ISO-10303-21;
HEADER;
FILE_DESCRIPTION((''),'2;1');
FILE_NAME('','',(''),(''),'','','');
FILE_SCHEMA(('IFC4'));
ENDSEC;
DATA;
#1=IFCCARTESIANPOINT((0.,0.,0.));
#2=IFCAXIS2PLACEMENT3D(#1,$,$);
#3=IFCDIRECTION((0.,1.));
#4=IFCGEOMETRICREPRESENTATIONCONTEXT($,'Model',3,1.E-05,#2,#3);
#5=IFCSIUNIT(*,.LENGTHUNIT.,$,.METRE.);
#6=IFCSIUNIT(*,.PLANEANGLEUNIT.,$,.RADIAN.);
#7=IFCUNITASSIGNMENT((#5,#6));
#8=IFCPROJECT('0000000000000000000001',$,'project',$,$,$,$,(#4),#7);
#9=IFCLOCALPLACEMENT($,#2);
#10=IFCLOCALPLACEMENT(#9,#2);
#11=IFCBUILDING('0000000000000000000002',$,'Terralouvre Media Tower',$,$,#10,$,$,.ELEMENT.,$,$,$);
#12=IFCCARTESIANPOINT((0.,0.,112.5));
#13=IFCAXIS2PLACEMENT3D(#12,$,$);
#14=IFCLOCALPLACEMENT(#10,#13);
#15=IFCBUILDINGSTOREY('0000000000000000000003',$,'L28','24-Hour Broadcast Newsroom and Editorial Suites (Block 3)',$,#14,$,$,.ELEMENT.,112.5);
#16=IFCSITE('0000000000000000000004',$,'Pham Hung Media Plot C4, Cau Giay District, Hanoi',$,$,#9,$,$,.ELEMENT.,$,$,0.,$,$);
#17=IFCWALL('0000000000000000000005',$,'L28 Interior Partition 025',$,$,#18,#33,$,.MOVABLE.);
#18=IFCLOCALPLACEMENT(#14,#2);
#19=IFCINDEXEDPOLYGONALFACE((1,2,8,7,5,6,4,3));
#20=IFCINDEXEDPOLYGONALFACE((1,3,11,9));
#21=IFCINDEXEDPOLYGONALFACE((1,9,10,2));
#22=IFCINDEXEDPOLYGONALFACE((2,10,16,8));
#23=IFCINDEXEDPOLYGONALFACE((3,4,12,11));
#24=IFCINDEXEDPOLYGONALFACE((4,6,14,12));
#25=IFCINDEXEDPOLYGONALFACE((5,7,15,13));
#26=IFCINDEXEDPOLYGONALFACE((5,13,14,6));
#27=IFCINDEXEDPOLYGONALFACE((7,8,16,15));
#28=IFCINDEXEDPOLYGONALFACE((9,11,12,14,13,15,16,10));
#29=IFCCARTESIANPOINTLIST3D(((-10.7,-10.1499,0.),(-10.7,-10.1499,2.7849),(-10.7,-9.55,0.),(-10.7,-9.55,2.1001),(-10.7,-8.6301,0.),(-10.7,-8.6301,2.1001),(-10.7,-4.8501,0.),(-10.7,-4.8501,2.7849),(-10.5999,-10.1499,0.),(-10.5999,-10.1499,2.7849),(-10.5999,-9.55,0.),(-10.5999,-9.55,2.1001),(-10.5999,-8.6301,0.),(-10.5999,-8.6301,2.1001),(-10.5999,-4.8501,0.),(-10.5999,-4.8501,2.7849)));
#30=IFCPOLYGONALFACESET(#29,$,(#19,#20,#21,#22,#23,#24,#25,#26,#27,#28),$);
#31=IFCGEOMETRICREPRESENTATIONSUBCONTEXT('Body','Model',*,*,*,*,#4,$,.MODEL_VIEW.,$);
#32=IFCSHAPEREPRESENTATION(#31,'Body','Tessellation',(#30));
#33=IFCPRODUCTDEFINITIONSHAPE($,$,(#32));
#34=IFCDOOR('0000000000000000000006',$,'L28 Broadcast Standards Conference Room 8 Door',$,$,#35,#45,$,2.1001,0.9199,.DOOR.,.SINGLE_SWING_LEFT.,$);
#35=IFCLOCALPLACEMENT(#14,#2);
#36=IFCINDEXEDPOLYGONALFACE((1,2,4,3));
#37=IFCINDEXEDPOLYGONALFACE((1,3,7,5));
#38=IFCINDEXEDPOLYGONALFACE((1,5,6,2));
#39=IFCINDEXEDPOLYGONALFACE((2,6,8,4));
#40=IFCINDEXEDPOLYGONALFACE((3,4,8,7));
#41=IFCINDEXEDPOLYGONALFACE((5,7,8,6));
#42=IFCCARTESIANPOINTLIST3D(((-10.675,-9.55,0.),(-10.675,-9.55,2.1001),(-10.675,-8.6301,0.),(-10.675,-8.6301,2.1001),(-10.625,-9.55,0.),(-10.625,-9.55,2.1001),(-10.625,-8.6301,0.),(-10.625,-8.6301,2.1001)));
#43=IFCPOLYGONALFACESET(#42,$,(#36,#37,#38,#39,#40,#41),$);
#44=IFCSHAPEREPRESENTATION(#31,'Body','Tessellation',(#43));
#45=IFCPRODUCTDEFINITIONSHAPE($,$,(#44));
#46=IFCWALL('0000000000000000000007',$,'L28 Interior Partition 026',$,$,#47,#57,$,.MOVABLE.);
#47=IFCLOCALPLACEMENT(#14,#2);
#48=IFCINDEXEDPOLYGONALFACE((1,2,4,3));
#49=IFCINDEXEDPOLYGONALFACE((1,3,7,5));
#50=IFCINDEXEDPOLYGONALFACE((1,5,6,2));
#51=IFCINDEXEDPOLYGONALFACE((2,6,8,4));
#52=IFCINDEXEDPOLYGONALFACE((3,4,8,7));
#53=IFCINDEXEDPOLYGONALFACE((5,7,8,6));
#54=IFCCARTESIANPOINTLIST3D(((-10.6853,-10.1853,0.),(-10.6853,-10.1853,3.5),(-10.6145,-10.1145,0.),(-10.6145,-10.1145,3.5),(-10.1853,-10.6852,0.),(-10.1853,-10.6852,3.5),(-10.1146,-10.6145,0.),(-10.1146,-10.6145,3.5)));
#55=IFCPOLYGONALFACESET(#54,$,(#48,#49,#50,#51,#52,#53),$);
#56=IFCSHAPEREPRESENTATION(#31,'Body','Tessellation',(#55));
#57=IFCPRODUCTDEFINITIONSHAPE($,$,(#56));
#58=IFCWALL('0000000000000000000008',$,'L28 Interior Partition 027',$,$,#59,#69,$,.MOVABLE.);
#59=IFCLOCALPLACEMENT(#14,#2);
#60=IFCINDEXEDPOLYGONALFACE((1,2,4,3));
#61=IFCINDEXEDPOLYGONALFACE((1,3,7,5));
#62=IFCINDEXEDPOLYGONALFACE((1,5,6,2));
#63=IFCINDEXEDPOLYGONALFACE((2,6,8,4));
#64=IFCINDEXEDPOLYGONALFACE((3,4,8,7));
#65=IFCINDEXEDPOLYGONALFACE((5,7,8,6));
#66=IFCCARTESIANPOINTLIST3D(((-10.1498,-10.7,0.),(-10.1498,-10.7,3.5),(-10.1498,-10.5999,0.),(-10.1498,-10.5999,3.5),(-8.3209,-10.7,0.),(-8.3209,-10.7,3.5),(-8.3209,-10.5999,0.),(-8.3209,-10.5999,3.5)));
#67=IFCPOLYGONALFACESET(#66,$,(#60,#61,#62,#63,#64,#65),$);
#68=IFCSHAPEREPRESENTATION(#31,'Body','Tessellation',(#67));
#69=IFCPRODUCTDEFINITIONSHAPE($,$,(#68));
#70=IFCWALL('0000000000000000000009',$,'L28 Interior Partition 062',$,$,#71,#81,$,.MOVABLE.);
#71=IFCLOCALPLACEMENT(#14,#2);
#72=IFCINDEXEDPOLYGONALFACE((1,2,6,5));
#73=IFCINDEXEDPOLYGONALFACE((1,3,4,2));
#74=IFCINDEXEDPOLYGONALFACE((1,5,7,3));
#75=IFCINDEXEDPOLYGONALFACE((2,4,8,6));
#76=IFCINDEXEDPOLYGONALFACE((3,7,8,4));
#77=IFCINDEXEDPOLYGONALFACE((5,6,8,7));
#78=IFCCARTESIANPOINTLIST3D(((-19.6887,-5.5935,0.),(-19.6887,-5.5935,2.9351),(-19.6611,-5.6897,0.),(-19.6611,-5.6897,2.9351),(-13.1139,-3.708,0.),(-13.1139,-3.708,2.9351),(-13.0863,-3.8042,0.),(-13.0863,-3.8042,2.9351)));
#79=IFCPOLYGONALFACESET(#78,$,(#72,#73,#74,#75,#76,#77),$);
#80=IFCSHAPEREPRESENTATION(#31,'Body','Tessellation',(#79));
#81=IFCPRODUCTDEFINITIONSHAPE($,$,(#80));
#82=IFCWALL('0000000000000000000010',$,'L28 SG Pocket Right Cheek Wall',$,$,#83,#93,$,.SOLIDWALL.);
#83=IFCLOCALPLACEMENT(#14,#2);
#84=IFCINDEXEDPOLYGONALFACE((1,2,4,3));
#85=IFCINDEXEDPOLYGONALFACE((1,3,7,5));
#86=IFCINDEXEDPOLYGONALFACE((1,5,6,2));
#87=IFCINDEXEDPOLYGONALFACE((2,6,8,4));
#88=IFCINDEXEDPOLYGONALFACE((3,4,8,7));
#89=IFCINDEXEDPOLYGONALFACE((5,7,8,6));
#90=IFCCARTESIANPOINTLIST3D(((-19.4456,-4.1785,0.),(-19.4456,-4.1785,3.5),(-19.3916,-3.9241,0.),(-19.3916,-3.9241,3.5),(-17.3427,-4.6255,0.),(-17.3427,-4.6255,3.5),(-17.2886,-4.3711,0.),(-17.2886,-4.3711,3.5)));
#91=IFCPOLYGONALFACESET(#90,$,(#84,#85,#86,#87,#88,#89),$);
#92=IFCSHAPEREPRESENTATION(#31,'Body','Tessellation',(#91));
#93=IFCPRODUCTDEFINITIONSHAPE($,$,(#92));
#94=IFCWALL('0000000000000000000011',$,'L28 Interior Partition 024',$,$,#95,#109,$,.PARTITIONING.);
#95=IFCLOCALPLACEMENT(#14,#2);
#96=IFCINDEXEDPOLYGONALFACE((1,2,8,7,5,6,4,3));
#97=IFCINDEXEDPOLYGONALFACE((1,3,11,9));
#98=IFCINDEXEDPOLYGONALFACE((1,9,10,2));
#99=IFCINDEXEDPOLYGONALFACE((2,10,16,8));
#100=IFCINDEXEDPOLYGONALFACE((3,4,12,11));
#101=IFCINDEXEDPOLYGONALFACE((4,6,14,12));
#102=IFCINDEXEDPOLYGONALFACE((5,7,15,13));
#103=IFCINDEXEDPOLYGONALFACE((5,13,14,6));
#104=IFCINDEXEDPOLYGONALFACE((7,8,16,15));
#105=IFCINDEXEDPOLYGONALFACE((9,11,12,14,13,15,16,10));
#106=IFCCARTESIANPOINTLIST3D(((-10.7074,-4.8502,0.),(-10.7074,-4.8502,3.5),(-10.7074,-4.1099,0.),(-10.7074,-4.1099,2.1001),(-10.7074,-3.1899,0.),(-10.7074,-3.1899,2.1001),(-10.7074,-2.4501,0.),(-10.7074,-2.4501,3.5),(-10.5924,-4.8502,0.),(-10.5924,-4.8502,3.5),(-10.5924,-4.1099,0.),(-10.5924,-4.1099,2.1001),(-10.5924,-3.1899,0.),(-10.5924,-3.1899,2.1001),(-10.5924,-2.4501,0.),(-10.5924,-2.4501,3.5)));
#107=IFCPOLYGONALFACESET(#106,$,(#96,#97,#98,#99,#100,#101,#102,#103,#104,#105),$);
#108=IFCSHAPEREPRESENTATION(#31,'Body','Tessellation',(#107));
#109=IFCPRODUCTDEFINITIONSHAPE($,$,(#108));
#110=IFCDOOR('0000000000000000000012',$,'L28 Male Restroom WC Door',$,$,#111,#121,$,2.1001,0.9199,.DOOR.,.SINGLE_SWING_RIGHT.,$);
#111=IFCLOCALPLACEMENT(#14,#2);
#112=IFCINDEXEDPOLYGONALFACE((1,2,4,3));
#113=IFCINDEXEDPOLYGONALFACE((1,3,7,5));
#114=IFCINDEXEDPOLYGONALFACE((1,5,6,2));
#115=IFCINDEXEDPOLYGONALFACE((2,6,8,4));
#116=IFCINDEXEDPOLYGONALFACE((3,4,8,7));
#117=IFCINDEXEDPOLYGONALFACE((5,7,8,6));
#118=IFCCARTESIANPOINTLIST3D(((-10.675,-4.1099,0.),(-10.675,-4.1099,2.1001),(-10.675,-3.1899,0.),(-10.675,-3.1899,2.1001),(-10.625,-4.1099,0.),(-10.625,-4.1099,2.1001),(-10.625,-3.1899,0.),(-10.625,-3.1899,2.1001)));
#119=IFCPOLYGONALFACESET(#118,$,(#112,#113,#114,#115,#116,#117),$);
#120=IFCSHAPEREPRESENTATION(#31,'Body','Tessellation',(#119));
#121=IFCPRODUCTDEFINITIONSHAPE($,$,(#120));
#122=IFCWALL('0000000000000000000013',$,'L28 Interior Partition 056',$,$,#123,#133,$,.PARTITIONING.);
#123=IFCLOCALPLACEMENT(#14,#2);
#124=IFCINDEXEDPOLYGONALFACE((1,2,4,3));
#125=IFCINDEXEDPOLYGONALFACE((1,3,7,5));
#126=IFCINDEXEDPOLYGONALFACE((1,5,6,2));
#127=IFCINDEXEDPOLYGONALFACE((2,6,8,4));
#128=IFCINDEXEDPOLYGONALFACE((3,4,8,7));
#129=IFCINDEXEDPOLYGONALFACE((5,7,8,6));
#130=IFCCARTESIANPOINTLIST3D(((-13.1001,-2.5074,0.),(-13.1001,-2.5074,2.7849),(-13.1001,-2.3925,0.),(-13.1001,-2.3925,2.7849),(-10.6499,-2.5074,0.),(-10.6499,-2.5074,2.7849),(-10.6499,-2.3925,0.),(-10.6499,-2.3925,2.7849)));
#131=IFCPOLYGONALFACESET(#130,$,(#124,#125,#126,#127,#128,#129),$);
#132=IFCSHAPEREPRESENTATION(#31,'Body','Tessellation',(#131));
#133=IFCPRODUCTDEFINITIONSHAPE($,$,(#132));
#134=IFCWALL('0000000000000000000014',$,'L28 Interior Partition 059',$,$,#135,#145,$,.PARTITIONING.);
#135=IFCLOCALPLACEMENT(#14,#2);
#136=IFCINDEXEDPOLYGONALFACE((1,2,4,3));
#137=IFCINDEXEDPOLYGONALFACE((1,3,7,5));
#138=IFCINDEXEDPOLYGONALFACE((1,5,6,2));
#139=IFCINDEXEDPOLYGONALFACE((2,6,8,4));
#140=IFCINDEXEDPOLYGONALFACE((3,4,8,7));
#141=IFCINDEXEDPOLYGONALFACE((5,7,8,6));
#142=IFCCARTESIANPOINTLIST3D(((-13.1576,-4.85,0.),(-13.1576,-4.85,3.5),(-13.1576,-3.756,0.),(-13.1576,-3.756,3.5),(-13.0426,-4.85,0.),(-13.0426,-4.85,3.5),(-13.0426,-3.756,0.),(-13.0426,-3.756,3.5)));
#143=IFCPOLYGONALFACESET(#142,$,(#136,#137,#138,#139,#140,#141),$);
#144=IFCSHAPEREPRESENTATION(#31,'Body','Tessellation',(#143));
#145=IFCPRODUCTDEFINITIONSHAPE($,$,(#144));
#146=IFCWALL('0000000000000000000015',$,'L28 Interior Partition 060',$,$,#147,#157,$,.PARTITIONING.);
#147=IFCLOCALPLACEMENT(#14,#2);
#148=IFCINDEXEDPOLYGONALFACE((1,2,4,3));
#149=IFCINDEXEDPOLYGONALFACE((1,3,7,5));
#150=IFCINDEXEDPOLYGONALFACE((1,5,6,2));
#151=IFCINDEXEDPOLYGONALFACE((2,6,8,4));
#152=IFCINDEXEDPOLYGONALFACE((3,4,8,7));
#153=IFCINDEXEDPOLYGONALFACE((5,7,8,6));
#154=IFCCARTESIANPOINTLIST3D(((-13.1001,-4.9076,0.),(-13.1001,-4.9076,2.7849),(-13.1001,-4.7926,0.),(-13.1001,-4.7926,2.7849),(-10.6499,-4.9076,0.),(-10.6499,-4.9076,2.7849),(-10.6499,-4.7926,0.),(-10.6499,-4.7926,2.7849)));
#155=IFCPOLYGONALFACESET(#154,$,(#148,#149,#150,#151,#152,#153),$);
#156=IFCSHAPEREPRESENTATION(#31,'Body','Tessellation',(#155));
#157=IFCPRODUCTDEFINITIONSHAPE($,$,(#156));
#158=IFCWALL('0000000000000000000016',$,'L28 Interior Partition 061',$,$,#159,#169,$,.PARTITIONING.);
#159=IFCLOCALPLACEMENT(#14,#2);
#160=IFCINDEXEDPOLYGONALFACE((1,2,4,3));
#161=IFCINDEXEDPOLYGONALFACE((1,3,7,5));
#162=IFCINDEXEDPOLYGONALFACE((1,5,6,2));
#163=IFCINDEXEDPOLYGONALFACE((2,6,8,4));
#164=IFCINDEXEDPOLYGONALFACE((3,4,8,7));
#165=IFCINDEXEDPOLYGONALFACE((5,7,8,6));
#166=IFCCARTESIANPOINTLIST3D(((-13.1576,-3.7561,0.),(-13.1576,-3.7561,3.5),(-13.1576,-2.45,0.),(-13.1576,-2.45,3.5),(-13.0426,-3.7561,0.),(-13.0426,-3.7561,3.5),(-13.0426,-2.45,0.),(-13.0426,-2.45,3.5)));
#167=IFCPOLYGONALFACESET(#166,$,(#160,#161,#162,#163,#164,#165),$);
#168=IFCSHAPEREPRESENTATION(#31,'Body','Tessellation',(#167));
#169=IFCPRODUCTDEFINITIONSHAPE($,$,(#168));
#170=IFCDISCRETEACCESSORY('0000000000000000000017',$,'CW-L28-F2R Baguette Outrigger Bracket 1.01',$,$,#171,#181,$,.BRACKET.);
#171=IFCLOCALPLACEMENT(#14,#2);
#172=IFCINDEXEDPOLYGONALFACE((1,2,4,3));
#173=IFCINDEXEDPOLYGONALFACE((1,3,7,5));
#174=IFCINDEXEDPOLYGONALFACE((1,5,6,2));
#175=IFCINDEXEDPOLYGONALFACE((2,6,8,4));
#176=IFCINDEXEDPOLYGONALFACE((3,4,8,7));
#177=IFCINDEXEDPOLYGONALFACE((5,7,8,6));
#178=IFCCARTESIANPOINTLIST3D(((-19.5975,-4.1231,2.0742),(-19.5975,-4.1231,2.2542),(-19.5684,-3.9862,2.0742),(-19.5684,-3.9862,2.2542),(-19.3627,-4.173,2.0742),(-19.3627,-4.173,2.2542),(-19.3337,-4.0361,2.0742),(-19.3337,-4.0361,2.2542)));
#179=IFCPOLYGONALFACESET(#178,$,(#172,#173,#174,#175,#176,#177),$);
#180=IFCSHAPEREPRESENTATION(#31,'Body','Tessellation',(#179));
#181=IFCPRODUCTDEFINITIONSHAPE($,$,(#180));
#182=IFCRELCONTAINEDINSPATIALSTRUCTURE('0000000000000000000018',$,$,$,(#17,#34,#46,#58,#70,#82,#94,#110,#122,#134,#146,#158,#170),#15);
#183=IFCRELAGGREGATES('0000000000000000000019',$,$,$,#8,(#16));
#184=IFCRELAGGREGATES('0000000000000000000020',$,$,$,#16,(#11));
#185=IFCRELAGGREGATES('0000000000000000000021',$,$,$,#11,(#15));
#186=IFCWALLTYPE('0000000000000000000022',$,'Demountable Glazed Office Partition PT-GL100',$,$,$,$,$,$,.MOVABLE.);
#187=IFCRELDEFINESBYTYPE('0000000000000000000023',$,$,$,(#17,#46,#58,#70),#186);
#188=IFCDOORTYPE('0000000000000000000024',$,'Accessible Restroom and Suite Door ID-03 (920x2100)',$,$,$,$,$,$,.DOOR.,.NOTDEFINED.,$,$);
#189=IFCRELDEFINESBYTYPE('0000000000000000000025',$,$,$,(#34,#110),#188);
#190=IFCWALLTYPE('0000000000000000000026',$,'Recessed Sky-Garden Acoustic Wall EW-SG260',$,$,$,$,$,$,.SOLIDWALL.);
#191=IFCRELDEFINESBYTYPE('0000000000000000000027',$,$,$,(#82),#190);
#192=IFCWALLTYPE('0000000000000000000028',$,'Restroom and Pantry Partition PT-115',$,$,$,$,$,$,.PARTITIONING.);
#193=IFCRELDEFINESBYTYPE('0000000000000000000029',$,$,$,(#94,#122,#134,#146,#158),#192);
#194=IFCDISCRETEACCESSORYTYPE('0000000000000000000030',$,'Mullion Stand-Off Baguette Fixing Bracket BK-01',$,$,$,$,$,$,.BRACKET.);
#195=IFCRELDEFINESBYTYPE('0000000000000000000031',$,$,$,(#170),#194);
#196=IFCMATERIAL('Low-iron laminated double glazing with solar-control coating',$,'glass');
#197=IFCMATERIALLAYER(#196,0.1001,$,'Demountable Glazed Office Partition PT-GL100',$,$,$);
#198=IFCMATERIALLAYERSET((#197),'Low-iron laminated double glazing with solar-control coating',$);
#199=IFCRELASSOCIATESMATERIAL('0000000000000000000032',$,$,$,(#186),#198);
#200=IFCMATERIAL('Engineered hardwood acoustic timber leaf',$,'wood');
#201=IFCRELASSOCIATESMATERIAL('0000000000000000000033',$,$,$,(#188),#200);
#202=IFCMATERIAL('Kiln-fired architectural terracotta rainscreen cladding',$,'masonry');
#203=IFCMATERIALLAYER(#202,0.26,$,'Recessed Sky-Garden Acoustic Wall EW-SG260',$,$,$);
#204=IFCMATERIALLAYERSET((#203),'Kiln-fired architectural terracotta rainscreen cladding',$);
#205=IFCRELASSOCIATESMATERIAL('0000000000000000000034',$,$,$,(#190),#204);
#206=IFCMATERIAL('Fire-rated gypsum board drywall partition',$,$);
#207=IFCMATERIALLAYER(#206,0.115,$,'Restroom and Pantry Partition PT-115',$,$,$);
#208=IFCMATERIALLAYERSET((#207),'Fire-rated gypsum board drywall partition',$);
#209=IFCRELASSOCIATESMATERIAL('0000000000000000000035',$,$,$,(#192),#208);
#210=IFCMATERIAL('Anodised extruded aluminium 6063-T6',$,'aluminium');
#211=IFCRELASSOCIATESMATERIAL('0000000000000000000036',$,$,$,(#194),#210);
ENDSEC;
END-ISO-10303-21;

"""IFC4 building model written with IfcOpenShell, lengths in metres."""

from ifc_helpers import new_model, si_unit, direction, frame, frame_2d, origin, origin_2d, place, context, subcontext, project, spatial, rectangle, extrude, material, layer, layer_set, type_object, element, fill, save


model = new_model("IFC4")

# Units and contexts
model_context = context("Model", 3, precision=1e-05, world=origin(), true_north=direction((0.0, 1.0)))
body_context = subcontext(model_context, "Body", "Model", "MODEL_VIEW")
ifc_project = project(units=[si_unit("LENGTHUNIT", "METRE"), si_unit("PLANEANGLEUNIT", "RADIAN")], contexts=[model_context])

# Site, building, storey
site_placement = place(None, origin())
site = spatial("IfcSite", under=ifc_project, at=site_placement, Name="Pham Hung Media Plot C4, Cau Giay District, Hanoi", CompositionType="ELEMENT", RefElevation=0.0)
building_placement = place(site_placement, origin())
building = spatial("IfcBuilding", under=site, at=building_placement, Name="Terralouvre Media Tower", CompositionType="ELEMENT")
storey_placement = place(building_placement, frame((0.0, 0.0, 112.5)))
storey = spatial("IfcBuildingStorey", under=building, at=storey_placement, Name="L28", Description="24-Hour Broadcast Newsroom and Editorial Suites (Block 3)", CompositionType="ELEMENT", Elevation=112.5)

# Wall, opening, door
ifc_material_1 = material(Name="Low-iron laminated double glazing with solar-control coating", Category="glass")
ifc_layer_1 = layer(ifc_material_1, 0.1001, Name="Demountable Glazed Office Partition PT-GL100")
ifc_layer_set_1 = layer_set([ifc_layer_1], Name="Low-iron laminated double glazing with solar-control coating")
wall_type_1 = type_object("IfcWallType", Name="Demountable Glazed Office Partition PT-GL100", PredefinedType="MOVABLE", material=ifc_layer_set_1)
wall_1_placement = place(storey_placement, frame((-10.6499, -4.8501, 0.0), z_axis=(0.0, 0.0, 1.0), x_axis=(0.0, -1.0, 0.0)))
wall_1 = element("IfcWall", 1, at=wall_1_placement, inside=storey, type_object=wall_type_1, Name="L28 Interior Partition 025", PredefinedType="MOVABLE", context=body_context, shape_type="SweptSolid", body=[
    extrude(rectangle(XDim=5.2998, YDim=0.1001, at=frame_2d((2.6499, 0.0))), origin(), (0.0, 0.0, 1.0), 2.7849),
])
opening_1_placement = place(wall_1_placement, frame((3.78, 0.0, 0.0)))
opening_1 = element("IfcOpeningElement", 2, at=opening_1_placement, cuts=wall_1, PredefinedType="OPENING", context=body_context, shape_type="SweptSolid", body=[
    extrude(rectangle(XDim=0.9199, YDim=2.1001, at=frame_2d((0.46, 1.05))), frame((0.0, 0.0601, 0.0), z_axis=(0.0, -1.0, 0.0), x_axis=(1.0, 0.0, 0.0)), (0.0, 0.0, 1.0), 0.1201),
])
ifc_material_2 = material(Name="Engineered hardwood acoustic timber leaf", Category="wood")
door_type = type_object("IfcDoorType", Name="Accessible Restroom and Suite Door ID-03 (920x2100)", OperationType="NOTDEFINED", PredefinedType="DOOR", material=ifc_material_2)
door_1_placement = place(opening_1_placement, origin())
door_1 = element("IfcDoor", 3, at=door_1_placement, inside=storey, type_object=door_type, Name="L28 Broadcast Standards Conference Room 8 Door", OperationType="SINGLE_SWING_LEFT", OverallHeight=2.1001, OverallWidth=0.9199, PredefinedType="DOOR", context=body_context, shape_type="SweptSolid", body=[
    extrude(rectangle(XDim=0.9199, YDim=2.1001, at=frame_2d((0.46, 1.05))), frame((0.0, 0.0249, 0.0), z_axis=(0.0, -1.0, 0.0), x_axis=(1.0, 0.0, 0.0)), (0.0, 0.0, 1.0), 0.05),
])
fill(opening_1, door_1)

# Walls
wall_2_placement = place(storey_placement, frame((-10.6499, -10.1499, 0.0), z_axis=(0.0, 0.0, 1.0), x_axis=(0.707107, -0.707107, 0.0)))
element("IfcWall", 4, at=wall_2_placement, inside=storey, type_object=wall_type_1, Name="L28 Interior Partition 026", PredefinedType="MOVABLE", context=body_context, shape_type="SweptSolid", body=[
    extrude(rectangle(XDim=0.707, YDim=0.1001, at=frame_2d((0.3535, 0.0))), origin(), (0.0, 0.0, 1.0), 3.5),
])
wall_3_placement = place(storey_placement, frame((-10.1499, -10.6499, 0.0), z_axis=(0.0, 0.0, 1.0), x_axis=(1.0, 0.0, 0.0)))
element("IfcWall", 5, at=wall_3_placement, inside=storey, type_object=wall_type_1, Name="L28 Interior Partition 027", PredefinedType="MOVABLE", context=body_context, shape_type="SweptSolid", body=[
    extrude(rectangle(XDim=1.8289, YDim=0.1001, at=frame_2d((0.9146, 0.0))), origin(), (0.0, 0.0, 1.0), 3.5),
])
wall_4_placement = place(storey_placement, frame((-13.1001, -3.7561, 0.0), z_axis=(0.0, 0.0, 1.0), x_axis=(-0.961255, -0.275659, 0.0)))
element("IfcWall", 6, at=wall_4_placement, inside=storey, type_object=wall_type_1, Name="L28 Interior Partition 062", PredefinedType="MOVABLE", context=body_context, shape_type="SweptSolid", body=[
    extrude(rectangle(XDim=6.8398, YDim=0.1001, at=frame_2d((3.4199, 0.0))), origin(), (0.0, 0.0, 1.0), 2.9351),
])
ifc_material_3 = material(Name="Kiln-fired architectural terracotta rainscreen cladding", Category="masonry")
ifc_layer_2 = layer(ifc_material_3, 0.26, Name="Recessed Sky-Garden Acoustic Wall EW-SG260")
ifc_layer_set_2 = layer_set([ifc_layer_2], Name="Kiln-fired architectural terracotta rainscreen cladding")
wall_type_2 = type_object("IfcWallType", Name="Recessed Sky-Garden Acoustic Wall EW-SG260", PredefinedType="SOLIDWALL", material=ifc_layer_set_2)
wall_5_placement = place(storey_placement, frame((-17.3157, -4.4983, 0.0), z_axis=(0.0, 0.0, 1.0), x_axis=(-0.978147, 0.207916, 0.0)))
element("IfcWall", 7, at=wall_5_placement, inside=storey, type_object=wall_type_2, Name="L28 SG Pocket Right Cheek Wall", PredefinedType="SOLIDWALL", context=body_context, shape_type="SweptSolid", body=[
    extrude(rectangle(XDim=2.1499, YDim=0.26, at=frame_2d((1.075, 0.0))), origin(), (0.0, 0.0, 1.0), 3.5),
])

# Wall, opening, door
ifc_material_4 = material(Name="Fire-rated gypsum board drywall partition")
ifc_layer_3 = layer(ifc_material_4, 0.115, Name="Restroom and Pantry Partition PT-115")
ifc_layer_set_3 = layer_set([ifc_layer_3], Name="Fire-rated gypsum board drywall partition")
wall_type_3 = type_object("IfcWallType", Name="Restroom and Pantry Partition PT-115", PredefinedType="PARTITIONING", material=ifc_layer_set_3)
wall_6_placement = place(storey_placement, frame((-10.6499, -2.45, 0.0), z_axis=(0.0, 0.0, 1.0), x_axis=(0.0, -1.0, 0.0)))
wall_6 = element("IfcWall", 8, at=wall_6_placement, inside=storey, type_object=wall_type_3, Name="L28 Interior Partition 024", PredefinedType="PARTITIONING", context=body_context, shape_type="SweptSolid", body=[
    extrude(rectangle(XDim=2.4001, YDim=0.115, at=frame_2d((1.2002, 0.0))), origin(), (0.0, 0.0, 1.0), 3.5),
])
opening_2_placement = place(wall_6_placement, frame((0.74, 0.0, 0.0)))
opening_2 = element("IfcOpeningElement", 9, at=opening_2_placement, cuts=wall_6, PredefinedType="OPENING", context=body_context, shape_type="SweptSolid", body=[
    extrude(rectangle(XDim=0.9199, YDim=2.1001, at=frame_2d((0.46, 1.05))), frame((0.0, 0.0674, 0.0), z_axis=(0.0, -1.0, 0.0), x_axis=(1.0, 0.0, 0.0)), (0.0, 0.0, 1.0), 0.135),
])
door_2_placement = place(opening_2_placement, origin())
door_2 = element("IfcDoor", 10, at=door_2_placement, inside=storey, type_object=door_type, Name="L28 Male Restroom WC Door", OperationType="SINGLE_SWING_RIGHT", OverallHeight=2.1001, OverallWidth=0.9199, PredefinedType="DOOR", context=body_context, shape_type="SweptSolid", body=[
    extrude(rectangle(XDim=0.9199, YDim=2.1001, at=frame_2d((0.46, 1.05))), frame((0.0, 0.0249, 0.0), z_axis=(0.0, -1.0, 0.0), x_axis=(1.0, 0.0, 0.0)), (0.0, 0.0, 1.0), 0.05),
])
fill(opening_2, door_2)

# Walls
wall_7_placement = place(storey_placement, frame((-13.1001, -2.45, 0.0), z_axis=(0.0, 0.0, 1.0), x_axis=(1.0, 0.0, 0.0)))
element("IfcWall", 11, at=wall_7_placement, inside=storey, type_object=wall_type_3, Name="L28 Interior Partition 056", PredefinedType="PARTITIONING", context=body_context, shape_type="SweptSolid", body=[
    extrude(rectangle(XDim=2.4502, YDim=0.115, at=frame_2d((1.2251, 0.0))), origin(), (0.0, 0.0, 1.0), 2.7849),
])
wall_8_placement = place(storey_placement, frame((-13.1001, -3.7561, 0.0), z_axis=(0.0, 0.0, 1.0), x_axis=(0.0, -1.0, 0.0)))
element("IfcWall", 12, at=wall_8_placement, inside=storey, type_object=wall_type_3, Name="L28 Interior Partition 059", PredefinedType="PARTITIONING", context=body_context, shape_type="SweptSolid", body=[
    extrude(rectangle(XDim=1.094, YDim=0.115, at=frame_2d((0.5469, 0.0))), origin(), (0.0, 0.0, 1.0), 3.5),
])
wall_9_placement = place(storey_placement, frame((-13.1001, -4.8501, 0.0), z_axis=(0.0, 0.0, 1.0), x_axis=(1.0, 0.0, 0.0)))
element("IfcWall", 13, at=wall_9_placement, inside=storey, type_object=wall_type_3, Name="L28 Interior Partition 060", PredefinedType="PARTITIONING", context=body_context, shape_type="SweptSolid", body=[
    extrude(rectangle(XDim=2.4502, YDim=0.115, at=frame_2d((1.2251, 0.0))), origin(), (0.0, 0.0, 1.0), 2.7849),
])
wall_10_placement = place(storey_placement, frame((-13.1001, -2.45, 0.0), z_axis=(0.0, 0.0, 1.0), x_axis=(0.0, -1.0, 0.0)))
element("IfcWall", 14, at=wall_10_placement, inside=storey, type_object=wall_type_3, Name="L28 Interior Partition 061", PredefinedType="PARTITIONING", context=body_context, shape_type="SweptSolid", body=[
    extrude(rectangle(XDim=1.3062, YDim=0.115, at=frame_2d((0.6531, 0.0))), origin(), (0.0, 0.0, 1.0), 3.5),
])

# Discrete accessory
ifc_material_5 = material(Name="Anodised extruded aluminium 6063-T6", Category="aluminium")
discrete_accessory_type_1 = type_object("IfcDiscreteAccessoryType", Name="Mullion Stand-Off Baguette Fixing Bracket BK-01", PredefinedType="BRACKET", material=ifc_material_5)
discrete_accessory_1_placement = place(storey_placement, frame((-19.4656, -4.0796, 2.0742), z_axis=(0.0, 0.0, 1.0), x_axis=(-0.207911, -0.978148, 0.0)))
element("IfcDiscreteAccessory", 15, at=discrete_accessory_1_placement, inside=storey, type_object=discrete_accessory_type_1, Name="CW-L28-F2R Baguette Outrigger Bracket 1.01", PredefinedType="BRACKET", context=body_context, shape_type="SweptSolid", body=[
    extrude(rectangle(XDim=0.1399, YDim=0.24, at=origin_2d()), origin(), (0.0, 0.0, 1.0), 0.1799),
])

save(model, "model.ifc")
